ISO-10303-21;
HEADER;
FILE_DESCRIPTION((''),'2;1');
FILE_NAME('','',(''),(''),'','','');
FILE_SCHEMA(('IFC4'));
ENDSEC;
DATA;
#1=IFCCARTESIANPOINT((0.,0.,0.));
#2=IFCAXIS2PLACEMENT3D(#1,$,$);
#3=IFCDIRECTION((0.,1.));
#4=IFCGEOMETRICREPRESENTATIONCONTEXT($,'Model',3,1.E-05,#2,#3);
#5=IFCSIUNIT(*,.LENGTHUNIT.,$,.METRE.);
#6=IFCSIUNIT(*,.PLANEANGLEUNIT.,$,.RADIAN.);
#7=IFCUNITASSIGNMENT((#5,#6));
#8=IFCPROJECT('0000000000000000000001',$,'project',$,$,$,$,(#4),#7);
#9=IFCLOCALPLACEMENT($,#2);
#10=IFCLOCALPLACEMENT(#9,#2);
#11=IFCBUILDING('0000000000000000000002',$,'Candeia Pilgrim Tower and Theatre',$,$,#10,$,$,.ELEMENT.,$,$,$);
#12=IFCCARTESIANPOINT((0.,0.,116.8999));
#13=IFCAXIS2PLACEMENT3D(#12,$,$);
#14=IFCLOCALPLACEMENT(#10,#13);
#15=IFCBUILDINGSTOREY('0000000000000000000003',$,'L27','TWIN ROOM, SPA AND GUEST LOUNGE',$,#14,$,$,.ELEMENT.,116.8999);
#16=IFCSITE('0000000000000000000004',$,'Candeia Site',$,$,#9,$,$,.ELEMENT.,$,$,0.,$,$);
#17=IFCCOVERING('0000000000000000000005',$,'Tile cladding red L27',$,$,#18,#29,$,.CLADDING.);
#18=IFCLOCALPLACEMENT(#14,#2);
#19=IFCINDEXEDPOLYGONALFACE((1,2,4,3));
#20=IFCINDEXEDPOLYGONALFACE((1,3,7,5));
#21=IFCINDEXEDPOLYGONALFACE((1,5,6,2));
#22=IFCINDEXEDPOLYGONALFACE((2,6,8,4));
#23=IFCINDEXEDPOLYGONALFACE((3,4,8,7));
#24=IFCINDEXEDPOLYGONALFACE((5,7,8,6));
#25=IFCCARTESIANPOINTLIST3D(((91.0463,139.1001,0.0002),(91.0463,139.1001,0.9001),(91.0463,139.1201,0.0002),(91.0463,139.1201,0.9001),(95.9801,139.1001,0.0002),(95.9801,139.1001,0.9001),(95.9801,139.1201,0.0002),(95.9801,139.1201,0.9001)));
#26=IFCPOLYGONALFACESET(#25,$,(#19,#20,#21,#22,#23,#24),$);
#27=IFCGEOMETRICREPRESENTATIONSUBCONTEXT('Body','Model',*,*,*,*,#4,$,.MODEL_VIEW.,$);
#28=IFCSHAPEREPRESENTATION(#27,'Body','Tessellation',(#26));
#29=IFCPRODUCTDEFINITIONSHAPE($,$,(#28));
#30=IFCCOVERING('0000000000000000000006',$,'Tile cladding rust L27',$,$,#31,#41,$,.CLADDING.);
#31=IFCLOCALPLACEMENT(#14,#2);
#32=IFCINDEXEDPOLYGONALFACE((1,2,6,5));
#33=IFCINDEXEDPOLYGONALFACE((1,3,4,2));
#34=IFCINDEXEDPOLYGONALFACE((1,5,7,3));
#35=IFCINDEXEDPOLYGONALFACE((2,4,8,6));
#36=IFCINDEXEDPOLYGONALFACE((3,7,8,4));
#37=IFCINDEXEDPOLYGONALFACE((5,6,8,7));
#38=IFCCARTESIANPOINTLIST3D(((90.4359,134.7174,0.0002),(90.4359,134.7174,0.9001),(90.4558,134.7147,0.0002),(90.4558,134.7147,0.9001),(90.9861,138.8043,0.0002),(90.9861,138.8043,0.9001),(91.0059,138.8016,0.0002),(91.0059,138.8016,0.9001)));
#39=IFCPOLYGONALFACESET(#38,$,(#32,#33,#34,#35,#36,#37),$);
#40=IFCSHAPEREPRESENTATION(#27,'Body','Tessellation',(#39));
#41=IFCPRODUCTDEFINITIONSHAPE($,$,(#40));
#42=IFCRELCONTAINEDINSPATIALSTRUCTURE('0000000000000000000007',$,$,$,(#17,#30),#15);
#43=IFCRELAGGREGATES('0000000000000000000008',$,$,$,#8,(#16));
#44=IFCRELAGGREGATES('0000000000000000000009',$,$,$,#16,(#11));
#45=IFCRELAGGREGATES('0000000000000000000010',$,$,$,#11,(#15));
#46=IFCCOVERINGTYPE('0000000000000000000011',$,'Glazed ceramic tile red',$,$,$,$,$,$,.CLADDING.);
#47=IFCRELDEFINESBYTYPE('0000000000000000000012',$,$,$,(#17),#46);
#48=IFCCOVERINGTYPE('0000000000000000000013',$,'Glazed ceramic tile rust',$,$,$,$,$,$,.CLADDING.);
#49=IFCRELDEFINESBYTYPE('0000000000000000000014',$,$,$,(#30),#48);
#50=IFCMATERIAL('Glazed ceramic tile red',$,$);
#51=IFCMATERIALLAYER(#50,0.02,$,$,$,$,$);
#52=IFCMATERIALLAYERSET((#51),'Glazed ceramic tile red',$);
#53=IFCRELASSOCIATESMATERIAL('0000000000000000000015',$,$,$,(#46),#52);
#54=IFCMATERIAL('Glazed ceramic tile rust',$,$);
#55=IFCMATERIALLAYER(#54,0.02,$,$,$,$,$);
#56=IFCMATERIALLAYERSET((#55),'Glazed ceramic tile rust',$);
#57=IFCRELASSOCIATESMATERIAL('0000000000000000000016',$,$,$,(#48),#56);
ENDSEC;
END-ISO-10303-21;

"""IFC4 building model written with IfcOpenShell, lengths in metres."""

from ifc_helpers import new_model, si_unit, direction, frame, origin, origin_2d, place, context, subcontext, project, spatial, rectangle, extrude, material, layer, layer_set, type_object, element, save


model = new_model("IFC4")

# Units and contexts
model_context = context("Model", 3, precision=1e-05, world=origin(), true_north=direction((0.0, 1.0)))
body_context = subcontext(model_context, "Body", "Model", "MODEL_VIEW")
ifc_project = project(units=[si_unit("LENGTHUNIT", "METRE"), si_unit("PLANEANGLEUNIT", "RADIAN")], contexts=[model_context])

# Site, building, storey
site_placement = place(None, origin())
site = spatial("IfcSite", under=ifc_project, at=site_placement, Name="Candeia Site", CompositionType="ELEMENT", RefElevation=0.0)
building_placement = place(site_placement, origin())
building = spatial("IfcBuilding", under=site, at=building_placement, Name="Candeia Pilgrim Tower and Theatre", CompositionType="ELEMENT")
storey_placement = place(building_placement, frame((0.0, 0.0, 116.8999)))
storey = spatial("IfcBuildingStorey", under=building, at=storey_placement, Name="L27", Description="TWIN ROOM, SPA AND GUEST LOUNGE", CompositionType="ELEMENT", Elevation=116.8999)

# Coverings
ifc_material_1 = material(Name="Glazed ceramic tile red")
ifc_layer_1 = layer(ifc_material_1, 0.02)
ifc_layer_set_1 = layer_set([ifc_layer_1], Name="Glazed ceramic tile red")
covering_type_1 = type_object("IfcCoveringType", Name="Glazed ceramic tile red", PredefinedType="CLADDING", material=ifc_layer_set_1)
covering_1_placement = place(storey_placement, frame((93.5132, 139.1101, 0.0002), z_axis=(0.0, 0.0, 1.0), x_axis=(-1.0, 0.0, 0.0)))
element("IfcCovering", 1, at=covering_1_placement, inside=storey, type_object=covering_type_1, Name="Tile cladding red L27", PredefinedType="CLADDING", context=body_context, shape_type="SweptSolid", body=[
    extrude(rectangle(XDim=4.9338, YDim=0.02, at=origin_2d()), origin(), (0.0, 0.0, 1.0), 0.8999),
])
ifc_material_2 = material(Name="Glazed ceramic tile rust")
ifc_layer_2 = layer(ifc_material_2, 0.02)
ifc_layer_set_2 = layer_set([ifc_layer_2], Name="Glazed ceramic tile rust")
covering_type_2 = type_object("IfcCoveringType", Name="Glazed ceramic tile rust", PredefinedType="CLADDING", material=ifc_layer_set_2)
covering_2_placement = place(storey_placement, frame((90.7209, 136.7595, 0.0002), z_axis=(0.0, 0.0, 1.0), x_axis=(-0.133412, -0.991061, 0.0)))
element("IfcCovering", 2, at=covering_2_placement, inside=storey, type_object=covering_type_2, Name="Tile cladding rust L27", PredefinedType="CLADDING", context=body_context, shape_type="SweptSolid", body=[
    extrude(rectangle(XDim=4.1238, YDim=0.02, at=origin_2d()), origin(), (0.0, 0.0, 1.0), 0.8999),
])

save(model, "model.ifc")
